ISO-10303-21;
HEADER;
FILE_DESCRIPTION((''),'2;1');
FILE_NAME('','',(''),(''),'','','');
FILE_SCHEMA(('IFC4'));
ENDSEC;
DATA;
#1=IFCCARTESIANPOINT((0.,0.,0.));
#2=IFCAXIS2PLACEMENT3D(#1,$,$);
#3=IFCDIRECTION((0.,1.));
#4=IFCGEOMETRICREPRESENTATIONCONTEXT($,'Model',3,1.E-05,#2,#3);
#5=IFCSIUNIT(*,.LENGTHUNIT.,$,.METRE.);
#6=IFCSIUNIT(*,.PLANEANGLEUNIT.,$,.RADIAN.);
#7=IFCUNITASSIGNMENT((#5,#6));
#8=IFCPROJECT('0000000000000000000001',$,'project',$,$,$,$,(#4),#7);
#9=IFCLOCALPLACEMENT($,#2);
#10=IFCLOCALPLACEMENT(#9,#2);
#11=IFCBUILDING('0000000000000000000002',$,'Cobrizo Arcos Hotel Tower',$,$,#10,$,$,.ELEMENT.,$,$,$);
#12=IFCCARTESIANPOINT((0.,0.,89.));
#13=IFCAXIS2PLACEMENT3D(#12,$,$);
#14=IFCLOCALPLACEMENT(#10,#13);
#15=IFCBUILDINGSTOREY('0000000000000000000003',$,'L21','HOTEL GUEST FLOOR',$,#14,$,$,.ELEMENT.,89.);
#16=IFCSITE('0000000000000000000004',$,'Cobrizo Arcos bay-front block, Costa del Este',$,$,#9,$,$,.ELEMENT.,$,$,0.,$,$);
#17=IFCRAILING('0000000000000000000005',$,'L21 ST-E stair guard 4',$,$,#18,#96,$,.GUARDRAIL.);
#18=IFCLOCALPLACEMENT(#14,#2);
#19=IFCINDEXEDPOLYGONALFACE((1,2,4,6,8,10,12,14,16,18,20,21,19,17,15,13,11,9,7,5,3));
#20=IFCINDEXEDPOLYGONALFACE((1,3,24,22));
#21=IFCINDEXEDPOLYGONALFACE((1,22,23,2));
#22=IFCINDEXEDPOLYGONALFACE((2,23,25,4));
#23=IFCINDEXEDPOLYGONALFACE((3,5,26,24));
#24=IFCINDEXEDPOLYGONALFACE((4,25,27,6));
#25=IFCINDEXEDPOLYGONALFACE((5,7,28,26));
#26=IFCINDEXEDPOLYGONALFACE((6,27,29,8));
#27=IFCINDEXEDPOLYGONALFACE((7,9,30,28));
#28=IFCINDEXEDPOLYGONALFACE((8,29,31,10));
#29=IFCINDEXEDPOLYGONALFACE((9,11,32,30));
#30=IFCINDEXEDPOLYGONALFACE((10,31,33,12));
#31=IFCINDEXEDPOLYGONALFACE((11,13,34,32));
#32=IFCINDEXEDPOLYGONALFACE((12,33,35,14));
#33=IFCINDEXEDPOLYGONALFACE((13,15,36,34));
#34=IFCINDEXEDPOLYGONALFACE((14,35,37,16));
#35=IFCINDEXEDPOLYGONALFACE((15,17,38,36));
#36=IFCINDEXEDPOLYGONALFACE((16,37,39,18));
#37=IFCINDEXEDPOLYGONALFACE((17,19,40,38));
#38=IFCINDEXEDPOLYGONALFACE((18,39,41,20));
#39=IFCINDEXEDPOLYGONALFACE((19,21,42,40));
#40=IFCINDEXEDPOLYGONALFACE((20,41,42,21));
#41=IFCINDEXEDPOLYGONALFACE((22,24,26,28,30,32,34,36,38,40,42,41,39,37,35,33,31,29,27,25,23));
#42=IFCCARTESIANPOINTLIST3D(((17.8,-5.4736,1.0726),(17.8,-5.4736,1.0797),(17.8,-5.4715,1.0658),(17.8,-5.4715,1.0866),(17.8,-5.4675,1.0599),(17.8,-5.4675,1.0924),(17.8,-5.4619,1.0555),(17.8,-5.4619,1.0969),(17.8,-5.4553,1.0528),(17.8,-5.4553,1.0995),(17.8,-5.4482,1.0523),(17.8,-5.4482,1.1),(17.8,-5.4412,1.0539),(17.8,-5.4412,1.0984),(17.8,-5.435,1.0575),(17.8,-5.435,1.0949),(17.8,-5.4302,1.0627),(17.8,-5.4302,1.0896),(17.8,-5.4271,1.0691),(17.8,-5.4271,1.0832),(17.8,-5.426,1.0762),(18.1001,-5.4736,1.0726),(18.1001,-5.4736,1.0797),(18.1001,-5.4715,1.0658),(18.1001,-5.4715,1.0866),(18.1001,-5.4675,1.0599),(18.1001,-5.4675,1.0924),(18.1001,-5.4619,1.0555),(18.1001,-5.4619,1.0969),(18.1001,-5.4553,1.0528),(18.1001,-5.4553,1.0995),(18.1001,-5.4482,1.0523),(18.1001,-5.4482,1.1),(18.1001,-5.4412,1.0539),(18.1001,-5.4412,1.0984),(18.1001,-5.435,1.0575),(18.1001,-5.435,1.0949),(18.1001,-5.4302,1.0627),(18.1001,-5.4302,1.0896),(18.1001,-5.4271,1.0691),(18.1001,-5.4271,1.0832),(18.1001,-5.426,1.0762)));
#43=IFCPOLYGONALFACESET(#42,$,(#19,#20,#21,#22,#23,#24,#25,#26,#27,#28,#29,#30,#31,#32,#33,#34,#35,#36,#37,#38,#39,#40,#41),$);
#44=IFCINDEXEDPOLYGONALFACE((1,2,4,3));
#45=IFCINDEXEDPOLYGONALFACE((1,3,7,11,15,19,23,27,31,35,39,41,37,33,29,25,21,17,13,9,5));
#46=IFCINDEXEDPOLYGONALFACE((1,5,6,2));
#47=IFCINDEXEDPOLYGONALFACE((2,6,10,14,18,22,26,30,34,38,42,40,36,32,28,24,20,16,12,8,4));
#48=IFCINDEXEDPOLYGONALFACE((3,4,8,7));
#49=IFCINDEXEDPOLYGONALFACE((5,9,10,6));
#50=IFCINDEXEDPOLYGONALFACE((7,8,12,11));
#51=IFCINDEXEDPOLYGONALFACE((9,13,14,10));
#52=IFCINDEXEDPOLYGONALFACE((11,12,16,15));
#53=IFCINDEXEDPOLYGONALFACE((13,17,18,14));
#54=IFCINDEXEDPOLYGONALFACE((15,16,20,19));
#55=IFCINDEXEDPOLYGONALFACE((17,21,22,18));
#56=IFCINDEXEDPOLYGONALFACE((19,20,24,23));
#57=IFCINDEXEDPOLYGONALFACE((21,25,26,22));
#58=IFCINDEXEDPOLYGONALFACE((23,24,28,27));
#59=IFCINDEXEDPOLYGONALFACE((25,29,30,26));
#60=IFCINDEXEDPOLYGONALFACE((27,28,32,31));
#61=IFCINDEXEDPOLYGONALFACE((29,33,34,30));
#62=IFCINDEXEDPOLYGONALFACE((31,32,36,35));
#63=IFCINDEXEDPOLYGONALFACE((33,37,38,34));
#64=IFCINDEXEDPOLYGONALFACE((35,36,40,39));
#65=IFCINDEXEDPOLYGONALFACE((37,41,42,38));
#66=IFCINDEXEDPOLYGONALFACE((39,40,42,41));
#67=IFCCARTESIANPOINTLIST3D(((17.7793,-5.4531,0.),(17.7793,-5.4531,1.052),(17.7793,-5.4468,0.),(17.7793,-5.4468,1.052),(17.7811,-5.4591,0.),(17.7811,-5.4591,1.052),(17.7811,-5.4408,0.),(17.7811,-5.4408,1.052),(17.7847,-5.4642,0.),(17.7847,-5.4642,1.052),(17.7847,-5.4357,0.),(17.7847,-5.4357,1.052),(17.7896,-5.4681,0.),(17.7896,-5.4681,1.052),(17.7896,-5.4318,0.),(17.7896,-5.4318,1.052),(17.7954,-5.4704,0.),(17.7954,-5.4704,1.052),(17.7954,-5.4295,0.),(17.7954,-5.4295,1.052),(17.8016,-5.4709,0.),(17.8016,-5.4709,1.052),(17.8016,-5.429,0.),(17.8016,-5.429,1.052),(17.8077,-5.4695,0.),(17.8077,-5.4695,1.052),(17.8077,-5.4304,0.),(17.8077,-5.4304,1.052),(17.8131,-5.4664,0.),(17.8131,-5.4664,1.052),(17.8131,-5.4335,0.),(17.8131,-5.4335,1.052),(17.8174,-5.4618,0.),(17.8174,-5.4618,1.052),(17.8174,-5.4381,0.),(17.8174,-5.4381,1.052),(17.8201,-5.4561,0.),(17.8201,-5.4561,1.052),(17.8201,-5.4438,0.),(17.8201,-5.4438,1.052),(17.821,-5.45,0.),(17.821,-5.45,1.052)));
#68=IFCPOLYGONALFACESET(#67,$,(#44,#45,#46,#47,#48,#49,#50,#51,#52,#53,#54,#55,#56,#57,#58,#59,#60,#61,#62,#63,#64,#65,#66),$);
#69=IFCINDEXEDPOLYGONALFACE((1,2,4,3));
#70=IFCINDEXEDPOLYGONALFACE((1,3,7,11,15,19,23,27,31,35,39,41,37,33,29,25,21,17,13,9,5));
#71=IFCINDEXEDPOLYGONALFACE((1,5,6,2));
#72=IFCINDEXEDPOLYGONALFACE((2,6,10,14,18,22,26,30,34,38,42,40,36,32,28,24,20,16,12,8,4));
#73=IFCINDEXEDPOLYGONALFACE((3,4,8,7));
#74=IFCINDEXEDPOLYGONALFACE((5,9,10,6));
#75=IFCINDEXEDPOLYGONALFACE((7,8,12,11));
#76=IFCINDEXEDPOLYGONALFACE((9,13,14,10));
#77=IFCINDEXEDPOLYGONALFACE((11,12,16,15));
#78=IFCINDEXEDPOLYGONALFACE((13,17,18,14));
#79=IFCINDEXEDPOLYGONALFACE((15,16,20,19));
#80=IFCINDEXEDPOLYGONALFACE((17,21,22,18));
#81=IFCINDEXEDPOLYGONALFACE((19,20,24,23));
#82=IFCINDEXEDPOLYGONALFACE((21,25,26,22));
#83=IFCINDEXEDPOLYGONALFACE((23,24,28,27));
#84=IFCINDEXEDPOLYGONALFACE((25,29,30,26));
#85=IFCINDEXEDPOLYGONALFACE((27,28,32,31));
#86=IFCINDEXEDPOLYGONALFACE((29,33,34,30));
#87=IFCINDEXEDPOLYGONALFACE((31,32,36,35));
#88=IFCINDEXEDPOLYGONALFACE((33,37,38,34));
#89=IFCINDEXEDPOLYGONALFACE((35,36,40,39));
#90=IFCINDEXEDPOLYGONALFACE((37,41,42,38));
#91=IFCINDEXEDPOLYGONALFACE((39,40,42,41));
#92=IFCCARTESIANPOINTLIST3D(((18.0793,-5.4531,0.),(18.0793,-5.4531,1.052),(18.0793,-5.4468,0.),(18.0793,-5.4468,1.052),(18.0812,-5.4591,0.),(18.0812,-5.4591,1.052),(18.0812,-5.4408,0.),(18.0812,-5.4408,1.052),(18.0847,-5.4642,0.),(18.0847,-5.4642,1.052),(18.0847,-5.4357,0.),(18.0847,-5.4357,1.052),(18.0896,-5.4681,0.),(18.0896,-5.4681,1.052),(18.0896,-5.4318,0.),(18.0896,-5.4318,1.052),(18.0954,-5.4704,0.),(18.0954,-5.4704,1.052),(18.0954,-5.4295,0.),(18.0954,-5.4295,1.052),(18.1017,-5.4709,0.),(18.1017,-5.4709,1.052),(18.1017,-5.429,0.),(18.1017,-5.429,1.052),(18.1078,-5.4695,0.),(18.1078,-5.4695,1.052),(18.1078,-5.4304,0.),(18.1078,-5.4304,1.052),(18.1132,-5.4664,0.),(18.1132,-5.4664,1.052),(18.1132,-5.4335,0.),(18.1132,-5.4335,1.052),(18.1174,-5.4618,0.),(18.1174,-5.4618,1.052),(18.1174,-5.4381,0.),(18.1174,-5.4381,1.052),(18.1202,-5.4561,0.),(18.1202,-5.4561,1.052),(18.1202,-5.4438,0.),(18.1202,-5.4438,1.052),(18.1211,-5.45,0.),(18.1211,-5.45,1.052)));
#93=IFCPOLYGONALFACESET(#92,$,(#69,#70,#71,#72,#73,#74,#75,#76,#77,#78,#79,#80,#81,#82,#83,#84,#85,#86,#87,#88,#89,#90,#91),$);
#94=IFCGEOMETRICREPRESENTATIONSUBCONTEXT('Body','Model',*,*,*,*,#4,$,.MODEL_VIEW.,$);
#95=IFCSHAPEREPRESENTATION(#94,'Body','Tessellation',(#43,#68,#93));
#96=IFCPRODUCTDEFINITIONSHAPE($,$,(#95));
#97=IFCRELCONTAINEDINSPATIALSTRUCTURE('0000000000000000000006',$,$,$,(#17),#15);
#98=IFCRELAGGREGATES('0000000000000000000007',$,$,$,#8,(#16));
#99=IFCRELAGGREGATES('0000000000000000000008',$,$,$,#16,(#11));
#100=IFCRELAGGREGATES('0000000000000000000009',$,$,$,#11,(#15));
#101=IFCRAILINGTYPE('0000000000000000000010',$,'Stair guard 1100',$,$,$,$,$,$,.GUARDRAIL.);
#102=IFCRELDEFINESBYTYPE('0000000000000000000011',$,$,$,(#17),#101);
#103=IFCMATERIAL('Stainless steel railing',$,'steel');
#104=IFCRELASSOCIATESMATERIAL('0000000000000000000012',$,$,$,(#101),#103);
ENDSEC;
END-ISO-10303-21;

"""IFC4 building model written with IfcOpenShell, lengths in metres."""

from ifc_helpers import new_model, si_unit, direction, frame, origin, origin_2d, place, context, subcontext, project, spatial, circle, extrude, material, type_object, element, save


model = new_model("IFC4")

# Units and contexts
model_context = context("Model", 3, precision=1e-05, world=origin(), true_north=direction((0.0, 1.0)))
body_context = subcontext(model_context, "Body", "Model", "MODEL_VIEW")
ifc_project = project(units=[si_unit("LENGTHUNIT", "METRE"), si_unit("PLANEANGLEUNIT", "RADIAN")], contexts=[model_context])

# Site, building, storey
site_placement = place(None, origin())
site = spatial("IfcSite", under=ifc_project, at=site_placement, Name="Cobrizo Arcos bay-front block, Costa del Este", CompositionType="ELEMENT", RefElevation=0.0)
building_placement = place(site_placement, origin())
building = spatial("IfcBuilding", under=site, at=building_placement, Name="Cobrizo Arcos Hotel Tower", CompositionType="ELEMENT")
storey_placement = place(building_placement, frame((0.0, 0.0, 89.0)))
storey = spatial("IfcBuildingStorey", under=building, at=storey_placement, Name="L21", Description="HOTEL GUEST FLOOR", CompositionType="ELEMENT", Elevation=89.0)

# Railing
ifc_material_1 = material(Name="Stainless steel railing", Category="steel")
railing_type_1 = type_object("IfcRailingType", Name="Stair guard 1100", PredefinedType="GUARDRAIL", material=ifc_material_1)
railing_1_placement = place(storey_placement, frame((17.8, -5.45, 0.0)))
element("IfcRailing", 1, at=railing_1_placement, inside=storey, type_object=railing_type_1, Name="L21 ST-E stair guard 4", PredefinedType="GUARDRAIL", context=body_context, shape_type="SweptSolid", body=[
    extrude(circle(Radius=0.0239, at=origin_2d()), frame((0.0, 0.0, 1.0762), z_axis=(1.0, 0.0, 0.0), x_axis=(0.0, 1.0, 0.0)), (0.0, 0.0, 1.0), 0.3),
    extrude(circle(Radius=0.021, at=origin_2d()), origin(), (0.0, 0.0, 1.0), 1.052),
    extrude(circle(Radius=0.021, at=origin_2d()), frame((0.3, 0.0, 0.0)), (0.0, 0.0, 1.0), 1.052),
])

save(model, "model.ifc")
